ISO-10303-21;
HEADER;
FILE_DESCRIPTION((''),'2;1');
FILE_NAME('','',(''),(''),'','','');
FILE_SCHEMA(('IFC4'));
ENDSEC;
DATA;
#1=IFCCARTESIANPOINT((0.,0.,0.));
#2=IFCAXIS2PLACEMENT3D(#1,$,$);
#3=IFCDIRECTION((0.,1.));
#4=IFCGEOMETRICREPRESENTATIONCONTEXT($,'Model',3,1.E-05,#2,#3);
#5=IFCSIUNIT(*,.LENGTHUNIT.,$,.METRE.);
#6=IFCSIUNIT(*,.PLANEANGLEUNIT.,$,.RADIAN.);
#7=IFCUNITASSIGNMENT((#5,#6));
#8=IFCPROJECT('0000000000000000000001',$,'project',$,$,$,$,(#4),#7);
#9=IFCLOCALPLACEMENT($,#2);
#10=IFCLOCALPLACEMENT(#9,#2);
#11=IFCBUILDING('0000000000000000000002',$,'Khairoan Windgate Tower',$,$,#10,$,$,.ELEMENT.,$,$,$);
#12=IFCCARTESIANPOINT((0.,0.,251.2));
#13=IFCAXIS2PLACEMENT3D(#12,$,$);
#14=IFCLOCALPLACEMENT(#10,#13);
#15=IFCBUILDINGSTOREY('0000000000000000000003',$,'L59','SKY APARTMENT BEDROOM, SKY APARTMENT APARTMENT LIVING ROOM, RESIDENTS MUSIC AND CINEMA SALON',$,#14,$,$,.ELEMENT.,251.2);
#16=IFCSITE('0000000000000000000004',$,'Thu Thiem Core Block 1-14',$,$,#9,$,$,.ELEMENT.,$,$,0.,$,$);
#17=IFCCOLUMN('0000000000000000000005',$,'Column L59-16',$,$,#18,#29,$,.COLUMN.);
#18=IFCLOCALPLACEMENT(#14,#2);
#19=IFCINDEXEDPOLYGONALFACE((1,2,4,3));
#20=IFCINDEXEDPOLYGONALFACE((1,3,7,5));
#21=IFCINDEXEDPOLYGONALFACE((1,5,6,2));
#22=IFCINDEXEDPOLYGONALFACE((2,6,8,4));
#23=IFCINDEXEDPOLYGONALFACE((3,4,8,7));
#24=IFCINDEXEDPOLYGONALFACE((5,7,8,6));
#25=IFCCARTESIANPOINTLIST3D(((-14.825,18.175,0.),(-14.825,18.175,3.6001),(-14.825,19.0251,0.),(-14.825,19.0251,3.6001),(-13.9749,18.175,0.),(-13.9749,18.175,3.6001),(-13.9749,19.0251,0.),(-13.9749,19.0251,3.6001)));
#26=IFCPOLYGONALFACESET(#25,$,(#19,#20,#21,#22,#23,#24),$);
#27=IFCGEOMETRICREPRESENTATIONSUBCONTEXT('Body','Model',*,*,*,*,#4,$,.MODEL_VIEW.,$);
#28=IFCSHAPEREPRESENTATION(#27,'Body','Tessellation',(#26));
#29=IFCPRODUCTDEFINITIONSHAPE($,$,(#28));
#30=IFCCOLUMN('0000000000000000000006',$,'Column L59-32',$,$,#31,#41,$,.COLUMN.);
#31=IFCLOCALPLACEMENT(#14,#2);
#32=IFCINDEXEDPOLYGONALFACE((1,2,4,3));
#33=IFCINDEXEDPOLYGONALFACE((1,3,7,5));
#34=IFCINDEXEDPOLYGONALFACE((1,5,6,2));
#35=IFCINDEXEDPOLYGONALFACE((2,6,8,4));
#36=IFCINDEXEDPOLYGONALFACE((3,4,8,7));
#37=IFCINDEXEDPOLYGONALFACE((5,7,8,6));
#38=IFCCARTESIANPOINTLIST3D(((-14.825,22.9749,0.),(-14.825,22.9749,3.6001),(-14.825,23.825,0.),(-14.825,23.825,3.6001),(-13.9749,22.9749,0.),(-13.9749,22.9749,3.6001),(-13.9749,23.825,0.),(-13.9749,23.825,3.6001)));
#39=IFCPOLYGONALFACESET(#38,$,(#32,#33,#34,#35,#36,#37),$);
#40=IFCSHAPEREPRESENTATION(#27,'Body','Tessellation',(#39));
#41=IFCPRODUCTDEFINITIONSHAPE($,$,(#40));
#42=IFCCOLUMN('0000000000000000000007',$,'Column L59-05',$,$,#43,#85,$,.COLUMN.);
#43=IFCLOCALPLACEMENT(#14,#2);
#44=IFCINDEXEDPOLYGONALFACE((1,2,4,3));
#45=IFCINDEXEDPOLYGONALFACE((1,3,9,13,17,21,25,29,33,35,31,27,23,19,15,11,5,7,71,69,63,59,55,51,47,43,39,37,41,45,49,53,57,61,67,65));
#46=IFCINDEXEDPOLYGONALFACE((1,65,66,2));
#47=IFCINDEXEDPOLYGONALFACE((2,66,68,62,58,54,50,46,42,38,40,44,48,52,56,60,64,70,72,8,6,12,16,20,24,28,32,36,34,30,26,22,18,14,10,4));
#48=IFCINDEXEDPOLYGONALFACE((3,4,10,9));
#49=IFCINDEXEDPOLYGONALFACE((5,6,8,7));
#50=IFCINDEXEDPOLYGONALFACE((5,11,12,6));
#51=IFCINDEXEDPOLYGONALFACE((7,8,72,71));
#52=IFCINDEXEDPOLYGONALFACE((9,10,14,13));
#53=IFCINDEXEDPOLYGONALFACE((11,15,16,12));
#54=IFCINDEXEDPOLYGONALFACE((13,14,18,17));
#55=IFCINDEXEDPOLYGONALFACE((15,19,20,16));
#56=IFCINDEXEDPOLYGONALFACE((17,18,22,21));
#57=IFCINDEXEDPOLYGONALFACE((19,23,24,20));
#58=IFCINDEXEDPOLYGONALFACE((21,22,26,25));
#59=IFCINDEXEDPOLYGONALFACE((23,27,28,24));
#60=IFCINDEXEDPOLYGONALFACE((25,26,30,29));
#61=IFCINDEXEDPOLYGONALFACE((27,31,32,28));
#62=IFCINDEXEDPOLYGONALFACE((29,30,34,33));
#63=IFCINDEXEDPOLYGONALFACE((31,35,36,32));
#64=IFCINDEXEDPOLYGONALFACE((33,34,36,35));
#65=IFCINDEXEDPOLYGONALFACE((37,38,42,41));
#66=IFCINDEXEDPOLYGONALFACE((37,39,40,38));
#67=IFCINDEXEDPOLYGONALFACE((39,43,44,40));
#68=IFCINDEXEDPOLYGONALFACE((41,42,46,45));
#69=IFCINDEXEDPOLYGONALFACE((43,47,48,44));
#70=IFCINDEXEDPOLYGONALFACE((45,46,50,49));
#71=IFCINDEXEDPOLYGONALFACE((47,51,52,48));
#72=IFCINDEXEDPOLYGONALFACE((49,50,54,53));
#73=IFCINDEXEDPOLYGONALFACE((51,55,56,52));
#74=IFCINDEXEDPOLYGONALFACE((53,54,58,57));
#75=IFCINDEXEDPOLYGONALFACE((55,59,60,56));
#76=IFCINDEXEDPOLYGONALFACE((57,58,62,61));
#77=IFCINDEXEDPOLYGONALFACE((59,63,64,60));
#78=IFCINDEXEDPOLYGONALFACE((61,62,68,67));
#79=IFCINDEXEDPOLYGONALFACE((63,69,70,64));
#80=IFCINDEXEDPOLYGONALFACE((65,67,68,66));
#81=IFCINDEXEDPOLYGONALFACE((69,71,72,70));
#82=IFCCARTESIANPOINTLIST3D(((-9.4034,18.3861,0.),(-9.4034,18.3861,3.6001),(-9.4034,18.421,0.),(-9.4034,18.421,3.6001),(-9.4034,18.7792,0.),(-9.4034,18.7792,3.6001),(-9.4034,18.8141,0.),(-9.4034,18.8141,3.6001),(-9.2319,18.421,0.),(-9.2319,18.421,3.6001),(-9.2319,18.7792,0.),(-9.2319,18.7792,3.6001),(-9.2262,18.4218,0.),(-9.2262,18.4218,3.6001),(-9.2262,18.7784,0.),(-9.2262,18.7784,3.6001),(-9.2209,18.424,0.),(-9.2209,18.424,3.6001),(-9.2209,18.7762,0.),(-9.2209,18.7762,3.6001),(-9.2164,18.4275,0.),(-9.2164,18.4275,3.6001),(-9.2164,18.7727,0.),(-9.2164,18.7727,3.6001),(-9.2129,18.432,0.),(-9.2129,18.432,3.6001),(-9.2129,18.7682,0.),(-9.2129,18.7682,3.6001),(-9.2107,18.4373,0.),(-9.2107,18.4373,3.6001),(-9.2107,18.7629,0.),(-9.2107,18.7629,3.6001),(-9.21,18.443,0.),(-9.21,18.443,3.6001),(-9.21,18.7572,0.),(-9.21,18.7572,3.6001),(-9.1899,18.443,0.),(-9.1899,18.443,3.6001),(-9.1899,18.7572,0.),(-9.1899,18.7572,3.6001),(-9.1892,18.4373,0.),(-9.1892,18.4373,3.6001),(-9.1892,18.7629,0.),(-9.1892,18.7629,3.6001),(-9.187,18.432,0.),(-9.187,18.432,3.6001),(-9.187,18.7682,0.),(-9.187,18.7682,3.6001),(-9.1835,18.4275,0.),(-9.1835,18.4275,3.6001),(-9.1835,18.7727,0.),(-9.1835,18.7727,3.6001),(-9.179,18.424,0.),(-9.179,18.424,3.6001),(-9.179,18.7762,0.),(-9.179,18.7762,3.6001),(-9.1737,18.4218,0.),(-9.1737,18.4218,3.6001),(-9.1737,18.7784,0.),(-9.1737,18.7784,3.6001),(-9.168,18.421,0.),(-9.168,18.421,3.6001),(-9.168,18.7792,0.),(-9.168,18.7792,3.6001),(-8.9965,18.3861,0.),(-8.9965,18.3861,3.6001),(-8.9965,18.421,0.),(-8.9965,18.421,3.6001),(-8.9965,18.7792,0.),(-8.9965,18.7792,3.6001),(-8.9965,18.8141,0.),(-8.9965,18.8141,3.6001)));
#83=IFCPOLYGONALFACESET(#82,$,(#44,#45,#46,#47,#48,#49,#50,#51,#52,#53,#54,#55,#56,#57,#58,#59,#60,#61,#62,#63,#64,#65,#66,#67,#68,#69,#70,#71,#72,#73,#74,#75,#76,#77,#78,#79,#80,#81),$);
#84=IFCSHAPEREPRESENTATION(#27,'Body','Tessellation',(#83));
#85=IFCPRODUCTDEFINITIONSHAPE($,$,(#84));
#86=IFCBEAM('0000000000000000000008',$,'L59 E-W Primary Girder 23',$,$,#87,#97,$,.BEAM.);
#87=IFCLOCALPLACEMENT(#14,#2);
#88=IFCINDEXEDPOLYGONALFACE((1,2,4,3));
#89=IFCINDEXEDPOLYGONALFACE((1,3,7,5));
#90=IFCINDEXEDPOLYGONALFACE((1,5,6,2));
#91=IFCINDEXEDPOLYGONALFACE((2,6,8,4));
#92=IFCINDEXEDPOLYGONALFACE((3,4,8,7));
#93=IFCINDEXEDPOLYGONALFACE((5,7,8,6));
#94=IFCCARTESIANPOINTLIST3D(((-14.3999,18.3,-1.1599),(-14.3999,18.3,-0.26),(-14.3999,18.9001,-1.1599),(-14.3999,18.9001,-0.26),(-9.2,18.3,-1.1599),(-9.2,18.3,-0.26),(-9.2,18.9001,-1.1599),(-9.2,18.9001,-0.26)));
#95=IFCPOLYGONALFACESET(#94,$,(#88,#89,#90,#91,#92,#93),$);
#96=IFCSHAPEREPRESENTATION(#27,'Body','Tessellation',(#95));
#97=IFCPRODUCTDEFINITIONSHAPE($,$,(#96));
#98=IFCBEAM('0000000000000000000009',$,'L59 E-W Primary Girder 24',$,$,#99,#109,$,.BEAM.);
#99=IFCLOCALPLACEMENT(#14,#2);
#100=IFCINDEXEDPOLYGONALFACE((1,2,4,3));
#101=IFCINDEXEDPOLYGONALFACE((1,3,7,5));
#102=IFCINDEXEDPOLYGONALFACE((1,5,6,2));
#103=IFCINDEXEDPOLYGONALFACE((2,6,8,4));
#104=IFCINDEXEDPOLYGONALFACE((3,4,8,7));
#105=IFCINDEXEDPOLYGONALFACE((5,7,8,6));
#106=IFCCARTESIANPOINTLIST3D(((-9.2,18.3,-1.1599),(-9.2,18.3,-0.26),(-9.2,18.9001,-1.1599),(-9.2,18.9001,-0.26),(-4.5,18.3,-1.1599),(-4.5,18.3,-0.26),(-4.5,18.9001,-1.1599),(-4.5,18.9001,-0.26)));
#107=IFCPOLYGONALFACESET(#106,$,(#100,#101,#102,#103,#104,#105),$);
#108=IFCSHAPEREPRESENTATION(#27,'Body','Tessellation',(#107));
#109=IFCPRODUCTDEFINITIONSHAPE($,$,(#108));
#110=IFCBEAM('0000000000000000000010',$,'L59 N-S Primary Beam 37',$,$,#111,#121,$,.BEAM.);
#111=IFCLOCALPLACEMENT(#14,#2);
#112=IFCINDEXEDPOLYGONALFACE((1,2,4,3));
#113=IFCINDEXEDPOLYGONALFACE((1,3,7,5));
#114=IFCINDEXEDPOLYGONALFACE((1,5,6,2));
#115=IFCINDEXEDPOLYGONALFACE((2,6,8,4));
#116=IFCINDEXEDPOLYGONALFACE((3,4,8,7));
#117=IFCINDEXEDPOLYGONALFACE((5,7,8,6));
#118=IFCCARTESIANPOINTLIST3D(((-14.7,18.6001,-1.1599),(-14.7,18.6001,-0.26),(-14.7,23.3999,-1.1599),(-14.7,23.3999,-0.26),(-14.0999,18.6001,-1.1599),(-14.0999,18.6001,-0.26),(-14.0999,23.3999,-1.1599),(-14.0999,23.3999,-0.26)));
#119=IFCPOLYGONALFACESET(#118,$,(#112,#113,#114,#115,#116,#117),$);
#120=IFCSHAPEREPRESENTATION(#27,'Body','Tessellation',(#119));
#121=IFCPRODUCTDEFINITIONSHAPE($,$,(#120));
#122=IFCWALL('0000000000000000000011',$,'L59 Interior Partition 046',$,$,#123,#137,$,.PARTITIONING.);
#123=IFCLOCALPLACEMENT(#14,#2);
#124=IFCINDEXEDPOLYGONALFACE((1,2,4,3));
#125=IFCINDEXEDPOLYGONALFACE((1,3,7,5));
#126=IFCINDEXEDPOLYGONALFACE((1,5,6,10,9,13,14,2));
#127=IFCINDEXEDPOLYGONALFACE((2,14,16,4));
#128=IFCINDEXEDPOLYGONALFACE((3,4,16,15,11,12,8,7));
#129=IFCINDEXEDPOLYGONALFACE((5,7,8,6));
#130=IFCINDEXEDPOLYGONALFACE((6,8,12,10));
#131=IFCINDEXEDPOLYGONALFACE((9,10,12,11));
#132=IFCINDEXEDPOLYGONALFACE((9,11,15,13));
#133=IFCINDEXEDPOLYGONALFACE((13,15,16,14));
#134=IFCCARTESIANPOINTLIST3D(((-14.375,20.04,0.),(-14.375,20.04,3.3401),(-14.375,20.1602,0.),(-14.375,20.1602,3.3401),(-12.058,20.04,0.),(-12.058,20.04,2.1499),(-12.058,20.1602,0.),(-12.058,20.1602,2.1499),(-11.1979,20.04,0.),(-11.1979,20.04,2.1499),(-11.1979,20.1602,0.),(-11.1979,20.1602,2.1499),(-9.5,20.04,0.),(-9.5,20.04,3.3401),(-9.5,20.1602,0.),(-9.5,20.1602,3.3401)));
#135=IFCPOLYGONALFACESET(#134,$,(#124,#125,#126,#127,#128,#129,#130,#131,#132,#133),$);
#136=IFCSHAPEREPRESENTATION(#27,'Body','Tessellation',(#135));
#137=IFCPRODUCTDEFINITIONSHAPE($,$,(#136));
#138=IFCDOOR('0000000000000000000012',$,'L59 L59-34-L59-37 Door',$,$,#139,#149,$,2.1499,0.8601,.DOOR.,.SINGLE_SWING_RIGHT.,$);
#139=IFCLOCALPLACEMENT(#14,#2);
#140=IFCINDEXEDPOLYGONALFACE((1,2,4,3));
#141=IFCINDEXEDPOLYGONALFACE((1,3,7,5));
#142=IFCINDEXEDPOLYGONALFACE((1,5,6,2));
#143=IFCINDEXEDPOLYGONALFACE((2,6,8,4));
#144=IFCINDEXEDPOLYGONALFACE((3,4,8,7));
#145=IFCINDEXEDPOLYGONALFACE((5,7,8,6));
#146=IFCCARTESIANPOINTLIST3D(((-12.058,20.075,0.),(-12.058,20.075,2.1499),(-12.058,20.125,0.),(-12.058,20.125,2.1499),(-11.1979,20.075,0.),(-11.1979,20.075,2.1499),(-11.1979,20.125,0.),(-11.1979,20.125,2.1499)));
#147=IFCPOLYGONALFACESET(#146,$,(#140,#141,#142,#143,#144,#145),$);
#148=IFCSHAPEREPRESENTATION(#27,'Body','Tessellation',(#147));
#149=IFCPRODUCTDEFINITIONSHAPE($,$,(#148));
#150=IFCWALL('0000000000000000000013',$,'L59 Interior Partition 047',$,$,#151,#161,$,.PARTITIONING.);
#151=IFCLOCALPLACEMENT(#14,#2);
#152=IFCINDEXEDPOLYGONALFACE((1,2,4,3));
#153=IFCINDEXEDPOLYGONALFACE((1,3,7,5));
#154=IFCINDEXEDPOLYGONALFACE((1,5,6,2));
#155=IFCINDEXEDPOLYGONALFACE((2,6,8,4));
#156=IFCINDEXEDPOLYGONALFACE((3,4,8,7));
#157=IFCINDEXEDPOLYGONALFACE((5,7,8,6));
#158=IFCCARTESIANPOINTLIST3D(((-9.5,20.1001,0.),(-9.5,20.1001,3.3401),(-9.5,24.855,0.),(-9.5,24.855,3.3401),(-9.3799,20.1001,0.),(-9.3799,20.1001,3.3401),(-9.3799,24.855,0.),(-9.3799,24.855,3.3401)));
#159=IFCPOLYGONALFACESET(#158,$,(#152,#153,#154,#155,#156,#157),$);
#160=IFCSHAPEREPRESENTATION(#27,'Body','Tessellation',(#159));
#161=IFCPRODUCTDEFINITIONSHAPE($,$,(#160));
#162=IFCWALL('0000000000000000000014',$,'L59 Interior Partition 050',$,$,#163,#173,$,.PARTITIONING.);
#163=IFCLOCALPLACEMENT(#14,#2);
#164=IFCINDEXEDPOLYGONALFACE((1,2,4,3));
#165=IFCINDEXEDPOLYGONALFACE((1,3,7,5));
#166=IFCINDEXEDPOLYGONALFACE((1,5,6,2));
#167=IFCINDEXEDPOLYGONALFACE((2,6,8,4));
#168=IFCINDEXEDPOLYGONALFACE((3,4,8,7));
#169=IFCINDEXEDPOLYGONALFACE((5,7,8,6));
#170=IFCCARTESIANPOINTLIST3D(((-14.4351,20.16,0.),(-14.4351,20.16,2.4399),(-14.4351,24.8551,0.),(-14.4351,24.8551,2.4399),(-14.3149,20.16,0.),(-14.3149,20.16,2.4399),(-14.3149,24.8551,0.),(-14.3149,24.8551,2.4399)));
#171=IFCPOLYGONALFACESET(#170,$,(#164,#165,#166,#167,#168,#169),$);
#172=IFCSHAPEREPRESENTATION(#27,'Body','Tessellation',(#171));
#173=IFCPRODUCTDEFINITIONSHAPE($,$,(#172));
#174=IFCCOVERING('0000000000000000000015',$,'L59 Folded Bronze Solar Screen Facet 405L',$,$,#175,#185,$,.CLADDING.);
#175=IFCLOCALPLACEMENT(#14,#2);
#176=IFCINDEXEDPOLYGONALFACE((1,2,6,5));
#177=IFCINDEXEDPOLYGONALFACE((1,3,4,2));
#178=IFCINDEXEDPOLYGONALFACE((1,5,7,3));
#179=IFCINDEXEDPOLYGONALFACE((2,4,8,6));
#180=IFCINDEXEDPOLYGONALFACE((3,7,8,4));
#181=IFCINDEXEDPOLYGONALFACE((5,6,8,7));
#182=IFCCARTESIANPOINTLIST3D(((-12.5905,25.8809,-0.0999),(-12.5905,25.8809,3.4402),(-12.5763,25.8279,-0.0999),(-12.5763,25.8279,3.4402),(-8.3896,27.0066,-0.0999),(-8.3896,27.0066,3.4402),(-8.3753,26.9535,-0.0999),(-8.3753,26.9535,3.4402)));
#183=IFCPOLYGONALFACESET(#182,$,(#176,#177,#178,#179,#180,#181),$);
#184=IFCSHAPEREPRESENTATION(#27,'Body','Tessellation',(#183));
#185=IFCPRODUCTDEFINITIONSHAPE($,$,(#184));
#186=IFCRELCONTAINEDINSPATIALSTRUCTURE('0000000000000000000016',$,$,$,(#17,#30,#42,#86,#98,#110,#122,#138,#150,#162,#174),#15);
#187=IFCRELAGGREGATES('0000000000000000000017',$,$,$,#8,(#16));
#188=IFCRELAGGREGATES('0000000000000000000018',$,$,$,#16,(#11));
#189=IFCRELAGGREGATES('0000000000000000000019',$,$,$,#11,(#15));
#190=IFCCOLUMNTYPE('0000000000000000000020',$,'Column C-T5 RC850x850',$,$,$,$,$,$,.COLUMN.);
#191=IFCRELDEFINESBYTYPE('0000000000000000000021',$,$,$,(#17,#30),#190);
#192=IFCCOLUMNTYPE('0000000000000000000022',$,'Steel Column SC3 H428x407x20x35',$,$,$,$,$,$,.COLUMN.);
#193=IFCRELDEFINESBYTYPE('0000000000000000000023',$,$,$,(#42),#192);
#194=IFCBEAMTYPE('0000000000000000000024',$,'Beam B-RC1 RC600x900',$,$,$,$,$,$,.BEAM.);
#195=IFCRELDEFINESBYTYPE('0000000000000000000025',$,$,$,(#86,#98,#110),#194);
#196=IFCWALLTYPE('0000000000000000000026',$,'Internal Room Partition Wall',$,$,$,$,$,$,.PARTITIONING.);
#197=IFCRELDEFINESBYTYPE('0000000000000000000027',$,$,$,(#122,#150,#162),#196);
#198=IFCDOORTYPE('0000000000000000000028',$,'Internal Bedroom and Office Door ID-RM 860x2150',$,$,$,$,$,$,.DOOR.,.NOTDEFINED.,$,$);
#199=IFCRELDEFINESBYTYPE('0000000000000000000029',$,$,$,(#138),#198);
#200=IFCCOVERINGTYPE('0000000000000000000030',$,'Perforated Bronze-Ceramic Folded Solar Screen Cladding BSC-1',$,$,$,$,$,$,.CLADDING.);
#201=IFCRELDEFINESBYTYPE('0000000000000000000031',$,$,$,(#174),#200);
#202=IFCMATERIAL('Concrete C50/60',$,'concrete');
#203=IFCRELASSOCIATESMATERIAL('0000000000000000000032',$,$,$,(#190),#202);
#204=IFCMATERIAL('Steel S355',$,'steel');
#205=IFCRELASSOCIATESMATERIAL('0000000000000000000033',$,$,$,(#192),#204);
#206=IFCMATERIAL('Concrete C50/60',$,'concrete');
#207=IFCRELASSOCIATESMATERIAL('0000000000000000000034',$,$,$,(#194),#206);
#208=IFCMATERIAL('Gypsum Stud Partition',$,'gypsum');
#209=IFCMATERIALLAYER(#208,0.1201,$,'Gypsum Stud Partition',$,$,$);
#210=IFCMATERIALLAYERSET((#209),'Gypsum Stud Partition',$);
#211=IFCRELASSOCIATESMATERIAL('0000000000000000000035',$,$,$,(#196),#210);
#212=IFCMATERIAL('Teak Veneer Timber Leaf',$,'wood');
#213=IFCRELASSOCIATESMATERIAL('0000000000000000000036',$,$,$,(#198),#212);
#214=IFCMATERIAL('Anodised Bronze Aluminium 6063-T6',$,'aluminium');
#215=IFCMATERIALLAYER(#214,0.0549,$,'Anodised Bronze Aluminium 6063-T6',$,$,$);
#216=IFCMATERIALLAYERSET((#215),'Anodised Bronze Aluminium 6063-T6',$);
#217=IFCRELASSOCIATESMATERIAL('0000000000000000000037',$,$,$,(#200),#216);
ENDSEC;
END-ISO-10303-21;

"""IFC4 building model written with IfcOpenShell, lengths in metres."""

from ifc_helpers import new_model, si_unit, direction, frame, frame_2d, origin, origin_2d, place, context, subcontext, project, spatial, rectangle, i_section, extrude, material, layer, layer_set, material_profile, profile_set, type_object, element, fill, save


model = new_model("IFC4")

# Units and contexts
model_context = context("Model", 3, precision=1e-05, world=origin(), true_north=direction((0.0, 1.0)))
body_context = subcontext(model_context, "Body", "Model", "MODEL_VIEW")
ifc_project = project(units=[si_unit("LENGTHUNIT", "METRE"), si_unit("PLANEANGLEUNIT", "RADIAN")], contexts=[model_context])

# Site, building, storey
site_placement = place(None, origin())
site = spatial("IfcSite", under=ifc_project, at=site_placement, Name="Thu Thiem Core Block 1-14", CompositionType="ELEMENT", RefElevation=0.0)
building_placement = place(site_placement, origin())
building = spatial("IfcBuilding", under=site, at=building_placement, Name="Khairoan Windgate Tower", CompositionType="ELEMENT")
storey_placement = place(building_placement, frame((0.0, 0.0, 251.2)))
storey = spatial("IfcBuildingStorey", under=building, at=storey_placement, Name="L59", Description="SKY APARTMENT BEDROOM, SKY APARTMENT APARTMENT LIVING ROOM, RESIDENTS MUSIC AND CINEMA SALON", CompositionType="ELEMENT", Elevation=251.2)

# Columns
ifc_material_1 = material(Name="Concrete C50/60", Category="concrete")
ifc_material_profile_1 = material_profile(ifc_material_1, rectangle(XDim=0.8501, YDim=0.8501, at=origin_2d()))
ifc_profile_set_1 = profile_set([ifc_material_profile_1], Name="Concrete C50/60")
column_type_1 = type_object("IfcColumnType", Name="Column C-T5 RC850x850", PredefinedType="COLUMN", material=ifc_profile_set_1)
for number, where, z_axis, x_axis, name in (
    (1, (-14.3999, 18.6001, 0.0), (0.0, 0.0, 1.0), (1.0, 0.0, 0.0), "Column L59-16"),
    (2, (-14.3999, 23.3999, 0.0), (0.0, 0.0, 1.0), (1.0, 0.0, 0.0), "Column L59-32"),
):
    element("IfcColumn", number, at=place(storey_placement, frame(where, z_axis=z_axis, x_axis=x_axis)), inside=storey, type_object=column_type_1, Name=name, PredefinedType="COLUMN", context=body_context, shape_type="SweptSolid", body=[
        extrude(rectangle(XDim=0.8501, YDim=0.8501, at=origin_2d()), origin(), (0.0, 0.0, 1.0), 3.6001),
    ])
ifc_material_2 = material(Name="Steel S355", Category="steel")
ifc_material_profile_2 = material_profile(ifc_material_2, i_section(OverallWidth=0.407, OverallDepth=0.428, WebThickness=0.02, FlangeThickness=0.0349, FilletRadius=0.022, at=origin_2d()))
ifc_profile_set_2 = profile_set([ifc_material_profile_2], Name="Steel S355")
column_type_2 = type_object("IfcColumnType", Name="Steel Column SC3 H428x407x20x35", PredefinedType="COLUMN", material=ifc_profile_set_2)
column_placement = place(storey_placement, frame((-9.2, 18.6001, 0.0), z_axis=(0.0, 0.0, 1.0), x_axis=(1.0, 0.0, 0.0)))
element("IfcColumn", 3, at=column_placement, inside=storey, type_object=column_type_2, Name="Column L59-05", PredefinedType="COLUMN", context=body_context, shape_type="SweptSolid", body=[
    extrude(i_section(OverallWidth=0.407, OverallDepth=0.428, WebThickness=0.02, FlangeThickness=0.0349, FilletRadius=0.022, at=origin_2d()), origin(), (0.0, 0.0, 1.0), 3.6001),
])

# Beams
ifc_material_3 = material(Name="Concrete C50/60", Category="concrete")
ifc_material_profile_3 = material_profile(ifc_material_3, rectangle(XDim=0.6001, YDim=0.8999, at=origin_2d()))
ifc_profile_set_3 = profile_set([ifc_material_profile_3], Name="Concrete C50/60")
beam_type = type_object("IfcBeamType", Name="Beam B-RC1 RC600x900", PredefinedType="BEAM", material=ifc_profile_set_3)
beam_1_placement = place(storey_placement, frame((-14.3999, 18.6001, -0.71), z_axis=(1.0, 0.0, 0.0), x_axis=(0.0, 1.0, 0.0)))
element("IfcBeam", 4, at=beam_1_placement, inside=storey, type_object=beam_type, Name="L59 E-W Primary Girder 23", PredefinedType="BEAM", context=body_context, shape_type="SweptSolid", body=[
    extrude(rectangle(XDim=0.6001, YDim=0.8999, at=origin_2d()), origin(), (0.0, 0.0, 1.0), 5.2),
])
beam_2_placement = place(storey_placement, frame((-9.2, 18.6001, -0.71), z_axis=(1.0, 0.0, 0.0), x_axis=(0.0, 1.0, 0.0)))
element("IfcBeam", 5, at=beam_2_placement, inside=storey, type_object=beam_type, Name="L59 E-W Primary Girder 24", PredefinedType="BEAM", context=body_context, shape_type="SweptSolid", body=[
    extrude(rectangle(XDim=0.6001, YDim=0.8999, at=origin_2d()), origin(), (0.0, 0.0, 1.0), 4.7),
])
beam_3_placement = place(storey_placement, frame((-14.3999, 18.6001, -0.71), z_axis=(0.0, 1.0, 0.0), x_axis=(-1.0, 0.0, 0.0)))
element("IfcBeam", 6, at=beam_3_placement, inside=storey, type_object=beam_type, Name="L59 N-S Primary Beam 37", PredefinedType="BEAM", context=body_context, shape_type="SweptSolid", body=[
    extrude(rectangle(XDim=0.6001, YDim=0.8999, at=origin_2d()), origin(), (0.0, 0.0, 1.0), 4.7998),
])

# Wall, opening, door
ifc_material_4 = material(Name="Gypsum Stud Partition", Category="gypsum")
ifc_layer_1 = layer(ifc_material_4, 0.1201, Name="Gypsum Stud Partition")
ifc_layer_set_1 = layer_set([ifc_layer_1], Name="Gypsum Stud Partition")
wall_type = type_object("IfcWallType", Name="Internal Room Partition Wall", PredefinedType="PARTITIONING", material=ifc_layer_set_1)
wall_1_placement = place(storey_placement, frame((-14.375, 20.1001, 0.0), z_axis=(0.0, 0.0, 1.0), x_axis=(1.0, 0.0, 0.0)))
wall_1 = element("IfcWall", 7, at=wall_1_placement, inside=storey, type_object=wall_type, Name="L59 Interior Partition 046", PredefinedType="PARTITIONING", context=body_context, shape_type="SweptSolid", body=[
    extrude(rectangle(XDim=4.875, YDim=0.1201, at=frame_2d((2.4375, 0.0))), origin(), (0.0, 0.0, 1.0), 3.3401),
])
opening_placement = place(wall_1_placement, frame((2.3169, 0.0, 0.0)))
opening = element("IfcOpeningElement", 8, at=opening_placement, cuts=wall_1, PredefinedType="OPENING", context=body_context, shape_type="SweptSolid", body=[
    extrude(rectangle(XDim=0.8601, YDim=2.1499, at=frame_2d((0.4302, 1.075))), frame((0.0, 0.0701, 0.0), z_axis=(0.0, -1.0, 0.0), x_axis=(1.0, 0.0, 0.0)), (0.0, 0.0, 1.0), 0.1401),
])
ifc_material_5 = material(Name="Teak Veneer Timber Leaf", Category="wood")
door_type = type_object("IfcDoorType", Name="Internal Bedroom and Office Door ID-RM 860x2150", OperationType="NOTDEFINED", PredefinedType="DOOR", material=ifc_material_5)
door_placement = place(opening_placement, origin())
door = element("IfcDoor", 9, at=door_placement, inside=storey, type_object=door_type, Name="L59 L59-34-L59-37 Door", OperationType="SINGLE_SWING_RIGHT", OverallHeight=2.1499, OverallWidth=0.8601, PredefinedType="DOOR", context=body_context, shape_type="SweptSolid", body=[
    extrude(rectangle(XDim=0.8601, YDim=2.1499, at=frame_2d((0.4302, 1.075))), frame((0.0, 0.0249, 0.0), z_axis=(0.0, -1.0, 0.0), x_axis=(1.0, 0.0, 0.0)), (0.0, 0.0, 1.0), 0.05),
])
fill(opening, door)

# Walls
wall_2_placement = place(storey_placement, frame((-9.4399, 20.1001, 0.0), z_axis=(0.0, 0.0, 1.0), x_axis=(0.0, 1.0, 0.0)))
element("IfcWall", 10, at=wall_2_placement, inside=storey, type_object=wall_type, Name="L59 Interior Partition 047", PredefinedType="PARTITIONING", context=body_context, shape_type="SweptSolid", body=[
    extrude(rectangle(XDim=4.7549, YDim=0.1201, at=frame_2d((2.3774, 0.0))), origin(), (0.0, 0.0, 1.0), 3.3401),
])
wall_3_placement = place(storey_placement, frame((-14.375, 20.1599, 0.0), z_axis=(0.0, 0.0, 1.0), x_axis=(0.0, 1.0, 0.0)))
element("IfcWall", 11, at=wall_3_placement, inside=storey, type_object=wall_type, Name="L59 Interior Partition 050", PredefinedType="PARTITIONING", context=body_context, shape_type="SweptSolid", body=[
    extrude(rectangle(XDim=4.6951, YDim=0.1201, at=frame_2d((2.3477, 0.0))), origin(), (0.0, 0.0, 1.0), 2.4399),
])

# Covering
ifc_material_6 = material(Name="Anodised Bronze Aluminium 6063-T6", Category="aluminium")
ifc_layer_2 = layer(ifc_material_6, 0.0549, Name="Anodised Bronze Aluminium 6063-T6")
ifc_layer_set_2 = layer_set([ifc_layer_2], Name="Anodised Bronze Aluminium 6063-T6")
covering_type = type_object("IfcCoveringType", Name="Perforated Bronze-Ceramic Folded Solar Screen Cladding BSC-1", PredefinedType="CLADDING", material=ifc_layer_set_2)
covering_placement = place(storey_placement, frame((-10.4829, 26.4172, -0.0999), z_axis=(0.0, 0.0, 1.0), x_axis=(0.965926, 0.258819, 0.0)))
element("IfcCovering", 12, at=covering_placement, inside=storey, type_object=covering_type, Name="L59 Folded Bronze Solar Screen Facet 405L", PredefinedType="CLADDING", context=body_context, shape_type="SweptSolid", body=[
    extrude(rectangle(XDim=4.3491, YDim=0.0549, at=origin_2d()), origin(), (0.0, 0.0, 1.0), 3.54),
])

save(model, "model.ifc")
